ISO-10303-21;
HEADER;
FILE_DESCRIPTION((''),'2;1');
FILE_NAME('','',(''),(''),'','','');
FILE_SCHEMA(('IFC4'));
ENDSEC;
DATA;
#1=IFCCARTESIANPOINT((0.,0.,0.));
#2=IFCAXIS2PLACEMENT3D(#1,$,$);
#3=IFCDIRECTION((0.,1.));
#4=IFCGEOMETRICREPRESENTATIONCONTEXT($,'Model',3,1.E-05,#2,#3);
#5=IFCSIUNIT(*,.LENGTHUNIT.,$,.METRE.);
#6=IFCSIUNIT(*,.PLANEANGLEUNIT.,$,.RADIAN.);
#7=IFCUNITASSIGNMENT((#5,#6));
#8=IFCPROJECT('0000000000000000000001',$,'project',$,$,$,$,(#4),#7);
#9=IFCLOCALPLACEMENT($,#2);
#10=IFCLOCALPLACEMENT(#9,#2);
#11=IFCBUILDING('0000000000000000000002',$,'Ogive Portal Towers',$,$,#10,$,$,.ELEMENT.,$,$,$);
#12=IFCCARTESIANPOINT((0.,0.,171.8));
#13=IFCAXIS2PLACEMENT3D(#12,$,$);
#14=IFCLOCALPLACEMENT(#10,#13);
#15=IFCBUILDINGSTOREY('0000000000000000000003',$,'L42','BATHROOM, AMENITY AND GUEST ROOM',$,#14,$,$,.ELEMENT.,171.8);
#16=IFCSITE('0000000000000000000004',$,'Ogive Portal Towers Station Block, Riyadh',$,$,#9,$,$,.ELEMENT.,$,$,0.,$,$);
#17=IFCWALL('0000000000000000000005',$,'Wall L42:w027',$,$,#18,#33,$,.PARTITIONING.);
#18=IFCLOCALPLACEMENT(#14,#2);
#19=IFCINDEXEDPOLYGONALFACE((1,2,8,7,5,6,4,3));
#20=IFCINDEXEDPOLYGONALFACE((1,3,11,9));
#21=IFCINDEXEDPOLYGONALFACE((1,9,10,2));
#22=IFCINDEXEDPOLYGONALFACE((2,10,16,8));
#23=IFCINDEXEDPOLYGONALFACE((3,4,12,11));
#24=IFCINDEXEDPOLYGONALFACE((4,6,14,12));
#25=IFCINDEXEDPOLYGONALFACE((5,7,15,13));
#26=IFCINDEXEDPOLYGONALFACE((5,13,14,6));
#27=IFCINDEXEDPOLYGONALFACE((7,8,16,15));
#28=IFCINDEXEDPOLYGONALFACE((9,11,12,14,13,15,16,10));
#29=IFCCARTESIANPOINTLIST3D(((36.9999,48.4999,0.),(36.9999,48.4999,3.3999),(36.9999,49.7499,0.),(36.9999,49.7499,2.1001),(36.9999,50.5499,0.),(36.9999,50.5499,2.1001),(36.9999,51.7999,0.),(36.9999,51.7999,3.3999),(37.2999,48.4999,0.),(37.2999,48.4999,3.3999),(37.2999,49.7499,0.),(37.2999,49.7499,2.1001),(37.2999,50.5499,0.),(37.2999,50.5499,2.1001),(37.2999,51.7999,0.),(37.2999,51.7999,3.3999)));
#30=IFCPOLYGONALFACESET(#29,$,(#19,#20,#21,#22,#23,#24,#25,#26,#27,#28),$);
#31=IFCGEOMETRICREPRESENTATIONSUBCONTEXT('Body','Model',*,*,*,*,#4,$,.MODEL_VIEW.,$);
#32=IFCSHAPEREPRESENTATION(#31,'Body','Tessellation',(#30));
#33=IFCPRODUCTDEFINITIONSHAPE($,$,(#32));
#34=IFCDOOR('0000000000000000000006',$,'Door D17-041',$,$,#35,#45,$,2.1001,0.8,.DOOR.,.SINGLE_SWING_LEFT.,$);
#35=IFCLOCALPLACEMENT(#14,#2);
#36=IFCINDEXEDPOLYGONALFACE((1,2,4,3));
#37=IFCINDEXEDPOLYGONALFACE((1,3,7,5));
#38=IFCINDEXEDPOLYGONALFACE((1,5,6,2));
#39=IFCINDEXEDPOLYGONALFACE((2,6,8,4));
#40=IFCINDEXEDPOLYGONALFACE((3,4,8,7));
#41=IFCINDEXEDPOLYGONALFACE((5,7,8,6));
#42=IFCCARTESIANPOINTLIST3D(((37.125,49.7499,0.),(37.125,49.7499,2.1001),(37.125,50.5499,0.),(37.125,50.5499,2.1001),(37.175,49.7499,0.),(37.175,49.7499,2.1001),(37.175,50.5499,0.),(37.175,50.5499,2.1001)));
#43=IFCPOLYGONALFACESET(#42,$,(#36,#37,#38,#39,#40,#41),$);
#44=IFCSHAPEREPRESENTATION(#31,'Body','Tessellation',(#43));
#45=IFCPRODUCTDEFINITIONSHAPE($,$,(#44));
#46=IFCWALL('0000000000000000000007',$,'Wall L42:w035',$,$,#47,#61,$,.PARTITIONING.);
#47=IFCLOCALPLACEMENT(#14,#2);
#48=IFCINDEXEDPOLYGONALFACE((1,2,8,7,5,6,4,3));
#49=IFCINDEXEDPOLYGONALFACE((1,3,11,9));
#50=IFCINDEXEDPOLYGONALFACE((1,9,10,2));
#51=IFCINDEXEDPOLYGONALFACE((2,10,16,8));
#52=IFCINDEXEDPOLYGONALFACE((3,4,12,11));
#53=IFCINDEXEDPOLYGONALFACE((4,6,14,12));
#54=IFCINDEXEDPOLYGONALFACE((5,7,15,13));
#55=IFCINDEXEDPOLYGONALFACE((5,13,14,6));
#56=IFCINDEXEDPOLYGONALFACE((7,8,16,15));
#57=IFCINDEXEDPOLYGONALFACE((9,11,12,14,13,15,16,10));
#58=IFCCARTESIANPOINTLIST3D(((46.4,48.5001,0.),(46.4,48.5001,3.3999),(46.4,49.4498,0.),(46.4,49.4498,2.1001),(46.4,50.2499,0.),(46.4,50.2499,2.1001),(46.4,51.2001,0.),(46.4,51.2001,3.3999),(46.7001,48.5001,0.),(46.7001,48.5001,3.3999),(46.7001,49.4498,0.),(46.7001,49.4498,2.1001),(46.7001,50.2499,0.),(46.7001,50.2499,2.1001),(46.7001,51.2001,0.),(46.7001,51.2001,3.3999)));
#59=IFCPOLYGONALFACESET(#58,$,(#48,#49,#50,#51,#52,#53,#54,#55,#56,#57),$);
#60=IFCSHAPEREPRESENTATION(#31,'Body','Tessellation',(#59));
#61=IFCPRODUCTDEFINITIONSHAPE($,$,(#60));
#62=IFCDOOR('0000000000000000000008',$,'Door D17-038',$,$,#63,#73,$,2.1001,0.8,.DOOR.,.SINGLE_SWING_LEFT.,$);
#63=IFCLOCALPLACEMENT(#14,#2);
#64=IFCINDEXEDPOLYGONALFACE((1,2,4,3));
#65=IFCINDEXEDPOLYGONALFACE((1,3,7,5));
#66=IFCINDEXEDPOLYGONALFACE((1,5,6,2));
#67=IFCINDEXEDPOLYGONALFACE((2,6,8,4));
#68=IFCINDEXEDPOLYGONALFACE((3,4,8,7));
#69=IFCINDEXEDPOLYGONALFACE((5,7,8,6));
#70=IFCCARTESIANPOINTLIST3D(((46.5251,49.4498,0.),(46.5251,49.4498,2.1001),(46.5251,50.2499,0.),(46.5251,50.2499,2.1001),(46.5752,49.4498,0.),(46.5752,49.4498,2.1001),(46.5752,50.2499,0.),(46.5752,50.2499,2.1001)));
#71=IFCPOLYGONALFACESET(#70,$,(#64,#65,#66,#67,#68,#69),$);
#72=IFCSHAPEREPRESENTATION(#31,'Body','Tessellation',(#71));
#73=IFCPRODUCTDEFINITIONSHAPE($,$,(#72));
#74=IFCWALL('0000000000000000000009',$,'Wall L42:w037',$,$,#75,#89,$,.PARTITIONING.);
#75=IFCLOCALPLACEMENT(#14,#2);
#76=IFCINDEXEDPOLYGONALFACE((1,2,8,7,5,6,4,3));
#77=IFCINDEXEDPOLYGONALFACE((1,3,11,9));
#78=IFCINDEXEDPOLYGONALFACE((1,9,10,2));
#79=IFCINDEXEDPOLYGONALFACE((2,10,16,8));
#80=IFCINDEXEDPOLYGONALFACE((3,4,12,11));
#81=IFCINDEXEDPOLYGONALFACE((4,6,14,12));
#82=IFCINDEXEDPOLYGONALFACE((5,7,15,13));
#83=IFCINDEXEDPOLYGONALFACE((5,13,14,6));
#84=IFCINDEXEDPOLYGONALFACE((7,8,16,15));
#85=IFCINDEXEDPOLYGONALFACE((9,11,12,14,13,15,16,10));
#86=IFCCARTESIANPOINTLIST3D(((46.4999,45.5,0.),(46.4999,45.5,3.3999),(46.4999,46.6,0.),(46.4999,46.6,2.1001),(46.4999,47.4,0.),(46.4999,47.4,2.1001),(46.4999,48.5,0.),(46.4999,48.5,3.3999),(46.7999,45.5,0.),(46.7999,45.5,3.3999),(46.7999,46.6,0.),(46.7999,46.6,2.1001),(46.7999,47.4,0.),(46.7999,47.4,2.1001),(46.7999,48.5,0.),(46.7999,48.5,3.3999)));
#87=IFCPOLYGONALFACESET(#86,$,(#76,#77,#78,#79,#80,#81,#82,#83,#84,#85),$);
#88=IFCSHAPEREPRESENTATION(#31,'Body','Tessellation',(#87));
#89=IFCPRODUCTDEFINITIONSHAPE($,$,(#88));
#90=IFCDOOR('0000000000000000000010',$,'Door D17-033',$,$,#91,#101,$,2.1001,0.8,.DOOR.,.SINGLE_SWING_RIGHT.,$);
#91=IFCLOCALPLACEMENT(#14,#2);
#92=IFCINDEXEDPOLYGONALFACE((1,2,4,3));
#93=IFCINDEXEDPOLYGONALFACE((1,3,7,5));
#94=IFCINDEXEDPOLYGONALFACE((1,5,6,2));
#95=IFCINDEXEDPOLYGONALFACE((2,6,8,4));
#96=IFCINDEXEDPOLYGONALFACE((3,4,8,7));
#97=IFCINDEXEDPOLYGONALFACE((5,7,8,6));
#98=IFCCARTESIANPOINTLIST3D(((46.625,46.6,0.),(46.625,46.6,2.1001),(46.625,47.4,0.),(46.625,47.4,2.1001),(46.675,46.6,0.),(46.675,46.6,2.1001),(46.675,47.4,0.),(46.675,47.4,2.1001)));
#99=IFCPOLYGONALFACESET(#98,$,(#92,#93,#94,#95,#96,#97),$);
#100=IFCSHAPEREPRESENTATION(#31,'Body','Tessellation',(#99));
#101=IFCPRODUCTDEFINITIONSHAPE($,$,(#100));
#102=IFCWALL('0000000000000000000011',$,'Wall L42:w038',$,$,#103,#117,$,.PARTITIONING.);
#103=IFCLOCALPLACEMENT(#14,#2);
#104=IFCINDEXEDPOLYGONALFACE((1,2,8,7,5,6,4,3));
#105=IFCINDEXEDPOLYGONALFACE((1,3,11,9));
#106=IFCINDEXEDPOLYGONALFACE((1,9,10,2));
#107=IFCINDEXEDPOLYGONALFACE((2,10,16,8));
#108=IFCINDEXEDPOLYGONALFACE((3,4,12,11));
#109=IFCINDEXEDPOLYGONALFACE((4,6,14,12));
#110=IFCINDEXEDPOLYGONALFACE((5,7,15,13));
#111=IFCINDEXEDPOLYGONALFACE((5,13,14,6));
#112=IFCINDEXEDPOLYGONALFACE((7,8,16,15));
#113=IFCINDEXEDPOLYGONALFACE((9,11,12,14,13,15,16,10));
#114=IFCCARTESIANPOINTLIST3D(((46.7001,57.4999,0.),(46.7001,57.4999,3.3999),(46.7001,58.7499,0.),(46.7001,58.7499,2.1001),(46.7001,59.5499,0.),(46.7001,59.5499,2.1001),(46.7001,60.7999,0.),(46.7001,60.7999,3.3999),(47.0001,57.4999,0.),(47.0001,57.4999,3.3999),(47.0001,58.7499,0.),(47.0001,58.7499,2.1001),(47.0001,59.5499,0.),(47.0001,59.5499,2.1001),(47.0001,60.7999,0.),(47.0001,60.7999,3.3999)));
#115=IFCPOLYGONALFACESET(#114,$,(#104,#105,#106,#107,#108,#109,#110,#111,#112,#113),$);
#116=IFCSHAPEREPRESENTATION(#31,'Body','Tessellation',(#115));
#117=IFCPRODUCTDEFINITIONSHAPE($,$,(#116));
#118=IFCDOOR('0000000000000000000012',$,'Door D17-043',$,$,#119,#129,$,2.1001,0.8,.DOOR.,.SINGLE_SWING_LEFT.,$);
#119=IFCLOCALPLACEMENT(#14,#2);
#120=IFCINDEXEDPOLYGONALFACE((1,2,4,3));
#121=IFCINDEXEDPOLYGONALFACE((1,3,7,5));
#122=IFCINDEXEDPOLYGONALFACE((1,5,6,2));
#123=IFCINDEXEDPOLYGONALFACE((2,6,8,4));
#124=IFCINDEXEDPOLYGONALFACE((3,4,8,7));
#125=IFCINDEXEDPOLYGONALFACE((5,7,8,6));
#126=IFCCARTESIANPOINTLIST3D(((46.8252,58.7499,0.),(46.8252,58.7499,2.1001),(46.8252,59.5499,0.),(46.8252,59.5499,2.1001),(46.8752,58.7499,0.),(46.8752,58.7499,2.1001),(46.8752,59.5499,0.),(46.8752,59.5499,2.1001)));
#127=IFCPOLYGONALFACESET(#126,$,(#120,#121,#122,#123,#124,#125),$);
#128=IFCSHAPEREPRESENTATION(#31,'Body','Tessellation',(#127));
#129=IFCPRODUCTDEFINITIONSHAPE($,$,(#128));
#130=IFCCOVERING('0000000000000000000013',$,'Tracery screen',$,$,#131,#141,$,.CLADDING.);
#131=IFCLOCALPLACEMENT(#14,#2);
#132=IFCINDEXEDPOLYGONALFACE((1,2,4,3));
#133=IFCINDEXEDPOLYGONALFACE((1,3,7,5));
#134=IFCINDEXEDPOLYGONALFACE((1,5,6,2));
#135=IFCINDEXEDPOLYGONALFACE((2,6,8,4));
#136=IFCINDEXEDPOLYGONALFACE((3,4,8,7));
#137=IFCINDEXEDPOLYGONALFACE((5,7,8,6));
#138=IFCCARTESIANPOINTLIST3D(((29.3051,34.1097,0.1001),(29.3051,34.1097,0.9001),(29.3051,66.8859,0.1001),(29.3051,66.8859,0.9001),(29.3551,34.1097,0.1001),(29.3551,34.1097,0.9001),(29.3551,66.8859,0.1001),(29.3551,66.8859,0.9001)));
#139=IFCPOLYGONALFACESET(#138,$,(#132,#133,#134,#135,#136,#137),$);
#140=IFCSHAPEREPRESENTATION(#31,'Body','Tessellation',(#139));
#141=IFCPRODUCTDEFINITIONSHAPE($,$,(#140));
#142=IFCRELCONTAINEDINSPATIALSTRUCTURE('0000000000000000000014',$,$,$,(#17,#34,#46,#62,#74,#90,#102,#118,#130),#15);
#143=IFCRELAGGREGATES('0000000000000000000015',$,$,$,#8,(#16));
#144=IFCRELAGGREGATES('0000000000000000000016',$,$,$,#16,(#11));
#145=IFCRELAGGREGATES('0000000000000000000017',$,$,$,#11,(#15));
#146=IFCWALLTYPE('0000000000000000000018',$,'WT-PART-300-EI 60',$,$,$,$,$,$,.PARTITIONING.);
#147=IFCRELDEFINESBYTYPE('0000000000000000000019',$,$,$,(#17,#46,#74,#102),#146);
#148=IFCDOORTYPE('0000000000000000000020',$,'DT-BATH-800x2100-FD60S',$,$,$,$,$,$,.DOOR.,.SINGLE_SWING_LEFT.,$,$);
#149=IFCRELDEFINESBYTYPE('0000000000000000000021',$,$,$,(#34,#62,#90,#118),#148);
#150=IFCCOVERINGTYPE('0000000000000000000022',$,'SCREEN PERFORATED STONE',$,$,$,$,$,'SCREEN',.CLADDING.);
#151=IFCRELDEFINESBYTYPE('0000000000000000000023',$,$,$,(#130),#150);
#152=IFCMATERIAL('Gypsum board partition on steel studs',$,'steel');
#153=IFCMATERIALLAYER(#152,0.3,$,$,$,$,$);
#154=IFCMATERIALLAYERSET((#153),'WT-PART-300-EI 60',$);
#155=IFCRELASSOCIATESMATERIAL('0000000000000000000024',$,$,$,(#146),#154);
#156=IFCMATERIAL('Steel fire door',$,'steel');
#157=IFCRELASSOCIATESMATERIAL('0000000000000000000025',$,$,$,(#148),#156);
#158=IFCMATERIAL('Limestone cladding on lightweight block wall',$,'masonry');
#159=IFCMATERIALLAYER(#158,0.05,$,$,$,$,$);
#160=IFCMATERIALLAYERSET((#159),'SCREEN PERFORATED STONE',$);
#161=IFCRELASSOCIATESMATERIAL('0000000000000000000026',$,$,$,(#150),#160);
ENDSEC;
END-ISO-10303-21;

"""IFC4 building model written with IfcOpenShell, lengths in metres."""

from ifc_helpers import new_model, si_unit, direction, frame, frame_2d, origin, origin_2d, place, context, subcontext, project, spatial, rectangle, extrude, material, layer, layer_set, type_object, element, fill, save


model = new_model("IFC4")

# Units and contexts
model_context = context("Model", 3, precision=1e-05, world=origin(), true_north=direction((0.0, 1.0)))
body_context = subcontext(model_context, "Body", "Model", "MODEL_VIEW")
ifc_project = project(units=[si_unit("LENGTHUNIT", "METRE"), si_unit("PLANEANGLEUNIT", "RADIAN")], contexts=[model_context])

# Site, building, storey
site_placement = place(None, origin())
site = spatial("IfcSite", under=ifc_project, at=site_placement, Name="Ogive Portal Towers Station Block, Riyadh", CompositionType="ELEMENT", RefElevation=0.0)
building_placement = place(site_placement, origin())
building = spatial("IfcBuilding", under=site, at=building_placement, Name="Ogive Portal Towers", CompositionType="ELEMENT")
storey_placement = place(building_placement, frame((0.0, 0.0, 171.8)))
storey = spatial("IfcBuildingStorey", under=building, at=storey_placement, Name="L42", Description="BATHROOM, AMENITY AND GUEST ROOM", CompositionType="ELEMENT", Elevation=171.8)

# Shared definitions
ifc_material_1 = material(Name="Gypsum board partition on steel studs", Category="steel")
ifc_layer_1 = layer(ifc_material_1, 0.3)
ifc_layer_set_1 = layer_set([ifc_layer_1], Name="WT-PART-300-EI 60")
wall_type = type_object("IfcWallType", Name="WT-PART-300-EI 60", PredefinedType="PARTITIONING", material=ifc_layer_set_1)

# Walls, openings, doors
wall_1_placement = place(storey_placement, frame((37.1499, 48.5, 0.0), z_axis=(0.0, 0.0, 1.0), x_axis=(0.0, 1.0, 0.0)))
wall_1 = element("IfcWall", 1, at=wall_1_placement, inside=storey, type_object=wall_type, Name="Wall L42:w027", PredefinedType="PARTITIONING", context=body_context, shape_type="SweptSolid", body=[
    extrude(rectangle(XDim=3.3, YDim=0.3, at=frame_2d((1.6499, 0.0))), origin(), (0.0, 0.0, 1.0), 3.3999),
])
opening_1_placement = place(wall_1_placement, frame((1.25, 0.0, 0.0)))
opening_1 = element("IfcOpeningElement", 2, at=opening_1_placement, cuts=wall_1, PredefinedType="OPENING", context=body_context, shape_type="SweptSolid", body=[
    extrude(rectangle(XDim=0.8, YDim=2.1001, at=frame_2d((0.3999, 1.05))), frame((0.0, 0.1602, 0.0), z_axis=(0.0, -1.0, 0.0), x_axis=(1.0, 0.0, 0.0)), (0.0, 0.0, 1.0), 0.3201),
])
ifc_material_2 = material(Name="Steel fire door", Category="steel")
door_type = type_object("IfcDoorType", Name="DT-BATH-800x2100-FD60S", OperationType="SINGLE_SWING_LEFT", PredefinedType="DOOR", material=ifc_material_2)
door_1_placement = place(opening_1_placement, origin())
door_1 = element("IfcDoor", 3, at=door_1_placement, inside=storey, type_object=door_type, Name="Door D17-041", OperationType="SINGLE_SWING_LEFT", OverallHeight=2.1001, OverallWidth=0.8, PredefinedType="DOOR", context=body_context, shape_type="SweptSolid", body=[
    extrude(rectangle(XDim=0.8, YDim=2.1001, at=frame_2d((0.3999, 1.05))), frame((0.0, 0.0249, 0.0), z_axis=(0.0, -1.0, 0.0), x_axis=(1.0, 0.0, 0.0)), (0.0, 0.0, 1.0), 0.05),
])
fill(opening_1, door_1)
wall_2_placement = place(storey_placement, frame((46.55, 48.5, 0.0), z_axis=(0.0, 0.0, 1.0), x_axis=(0.0, 1.0, 0.0)))
wall_2 = element("IfcWall", 4, at=wall_2_placement, inside=storey, type_object=wall_type, Name="Wall L42:w035", PredefinedType="PARTITIONING", context=body_context, shape_type="SweptSolid", body=[
    extrude(rectangle(XDim=2.7, YDim=0.3, at=frame_2d((1.3501, 0.0))), origin(), (0.0, 0.0, 1.0), 3.3999),
])
opening_2_placement = place(wall_2_placement, frame((0.95, 0.0, 0.0)))
opening_2 = element("IfcOpeningElement", 5, at=opening_2_placement, cuts=wall_2, PredefinedType="OPENING", context=body_context, shape_type="SweptSolid", body=[
    extrude(rectangle(XDim=0.8, YDim=2.1001, at=frame_2d((0.3999, 1.05))), frame((0.0, 0.1602, 0.0), z_axis=(0.0, -1.0, 0.0), x_axis=(1.0, 0.0, 0.0)), (0.0, 0.0, 1.0), 0.3201),
])
door_2_placement = place(opening_2_placement, origin())
door_2 = element("IfcDoor", 6, at=door_2_placement, inside=storey, type_object=door_type, Name="Door D17-038", OperationType="SINGLE_SWING_LEFT", OverallHeight=2.1001, OverallWidth=0.8, PredefinedType="DOOR", context=body_context, shape_type="SweptSolid", body=[
    extrude(rectangle(XDim=0.8, YDim=2.1001, at=frame_2d((0.3999, 1.05))), frame((0.0, 0.0249, 0.0), z_axis=(0.0, -1.0, 0.0), x_axis=(1.0, 0.0, 0.0)), (0.0, 0.0, 1.0), 0.05),
])
fill(opening_2, door_2)
wall_3_placement = place(storey_placement, frame((46.6499, 45.5, 0.0), z_axis=(0.0, 0.0, 1.0), x_axis=(0.0, 1.0, 0.0)))
wall_3 = element("IfcWall", 7, at=wall_3_placement, inside=storey, type_object=wall_type, Name="Wall L42:w037", PredefinedType="PARTITIONING", context=body_context, shape_type="SweptSolid", body=[
    extrude(rectangle(XDim=3.0, YDim=0.3, at=frame_2d((1.5, 0.0))), origin(), (0.0, 0.0, 1.0), 3.3999),
])
opening_3_placement = place(wall_3_placement, frame((1.1001, 0.0, 0.0)))
opening_3 = element("IfcOpeningElement", 8, at=opening_3_placement, cuts=wall_3, PredefinedType="OPENING", context=body_context, shape_type="SweptSolid", body=[
    extrude(rectangle(XDim=0.8, YDim=2.1001, at=frame_2d((0.3999, 1.05))), frame((0.0, 0.1602, 0.0), z_axis=(0.0, -1.0, 0.0), x_axis=(1.0, 0.0, 0.0)), (0.0, 0.0, 1.0), 0.3201),
])
door_3_placement = place(opening_3_placement, origin())
door_3 = element("IfcDoor", 9, at=door_3_placement, inside=storey, type_object=door_type, Name="Door D17-033", OperationType="SINGLE_SWING_RIGHT", OverallHeight=2.1001, OverallWidth=0.8, PredefinedType="DOOR", context=body_context, shape_type="SweptSolid", body=[
    extrude(rectangle(XDim=0.8, YDim=2.1001, at=frame_2d((0.3999, 1.05))), frame((0.0, 0.0249, 0.0), z_axis=(0.0, -1.0, 0.0), x_axis=(1.0, 0.0, 0.0)), (0.0, 0.0, 1.0), 0.05),
])
fill(opening_3, door_3)
wall_4_placement = place(storey_placement, frame((46.8501, 57.5, 0.0), z_axis=(0.0, 0.0, 1.0), x_axis=(0.0, 1.0, 0.0)))
wall_4 = element("IfcWall", 10, at=wall_4_placement, inside=storey, type_object=wall_type, Name="Wall L42:w038", PredefinedType="PARTITIONING", context=body_context, shape_type="SweptSolid", body=[
    extrude(rectangle(XDim=3.3, YDim=0.3, at=frame_2d((1.6499, 0.0))), origin(), (0.0, 0.0, 1.0), 3.3999),
])
opening_4_placement = place(wall_4_placement, frame((1.25, 0.0, 0.0)))
opening_4 = element("IfcOpeningElement", 11, at=opening_4_placement, cuts=wall_4, PredefinedType="OPENING", context=body_context, shape_type="SweptSolid", body=[
    extrude(rectangle(XDim=0.8, YDim=2.1001, at=frame_2d((0.3999, 1.05))), frame((0.0, 0.1602, 0.0), z_axis=(0.0, -1.0, 0.0), x_axis=(1.0, 0.0, 0.0)), (0.0, 0.0, 1.0), 0.3201),
])
door_4_placement = place(opening_4_placement, origin())
door_4 = element("IfcDoor", 12, at=door_4_placement, inside=storey, type_object=door_type, Name="Door D17-043", OperationType="SINGLE_SWING_LEFT", OverallHeight=2.1001, OverallWidth=0.8, PredefinedType="DOOR", context=body_context, shape_type="SweptSolid", body=[
    extrude(rectangle(XDim=0.8, YDim=2.1001, at=frame_2d((0.3999, 1.05))), frame((0.0, 0.0249, 0.0), z_axis=(0.0, -1.0, 0.0), x_axis=(1.0, 0.0, 0.0)), (0.0, 0.0, 1.0), 0.05),
])
fill(opening_4, door_4)

# Covering
ifc_material_3 = material(Name="Limestone cladding on lightweight block wall", Category="masonry")
ifc_layer_2 = layer(ifc_material_3, 0.05)
ifc_layer_set_2 = layer_set([ifc_layer_2], Name="SCREEN PERFORATED STONE")
covering_type = type_object("IfcCoveringType", Name="SCREEN PERFORATED STONE", ElementType="SCREEN", PredefinedType="CLADDING", material=ifc_layer_set_2)
covering_placement = place(storey_placement, frame((29.3301, 50.4978, 0.1001), z_axis=(0.0, 0.0, 1.0), x_axis=(0.0, -1.0, 0.0)))
element("IfcCovering", 13, at=covering_placement, inside=storey, type_object=covering_type, Name="Tracery screen", PredefinedType="CLADDING", context=body_context, shape_type="SweptSolid", body=[
    extrude(rectangle(XDim=32.7761, YDim=0.05, at=origin_2d()), origin(), (0.0, 0.0, 1.0), 0.8),
])

save(model, "model.ifc")
